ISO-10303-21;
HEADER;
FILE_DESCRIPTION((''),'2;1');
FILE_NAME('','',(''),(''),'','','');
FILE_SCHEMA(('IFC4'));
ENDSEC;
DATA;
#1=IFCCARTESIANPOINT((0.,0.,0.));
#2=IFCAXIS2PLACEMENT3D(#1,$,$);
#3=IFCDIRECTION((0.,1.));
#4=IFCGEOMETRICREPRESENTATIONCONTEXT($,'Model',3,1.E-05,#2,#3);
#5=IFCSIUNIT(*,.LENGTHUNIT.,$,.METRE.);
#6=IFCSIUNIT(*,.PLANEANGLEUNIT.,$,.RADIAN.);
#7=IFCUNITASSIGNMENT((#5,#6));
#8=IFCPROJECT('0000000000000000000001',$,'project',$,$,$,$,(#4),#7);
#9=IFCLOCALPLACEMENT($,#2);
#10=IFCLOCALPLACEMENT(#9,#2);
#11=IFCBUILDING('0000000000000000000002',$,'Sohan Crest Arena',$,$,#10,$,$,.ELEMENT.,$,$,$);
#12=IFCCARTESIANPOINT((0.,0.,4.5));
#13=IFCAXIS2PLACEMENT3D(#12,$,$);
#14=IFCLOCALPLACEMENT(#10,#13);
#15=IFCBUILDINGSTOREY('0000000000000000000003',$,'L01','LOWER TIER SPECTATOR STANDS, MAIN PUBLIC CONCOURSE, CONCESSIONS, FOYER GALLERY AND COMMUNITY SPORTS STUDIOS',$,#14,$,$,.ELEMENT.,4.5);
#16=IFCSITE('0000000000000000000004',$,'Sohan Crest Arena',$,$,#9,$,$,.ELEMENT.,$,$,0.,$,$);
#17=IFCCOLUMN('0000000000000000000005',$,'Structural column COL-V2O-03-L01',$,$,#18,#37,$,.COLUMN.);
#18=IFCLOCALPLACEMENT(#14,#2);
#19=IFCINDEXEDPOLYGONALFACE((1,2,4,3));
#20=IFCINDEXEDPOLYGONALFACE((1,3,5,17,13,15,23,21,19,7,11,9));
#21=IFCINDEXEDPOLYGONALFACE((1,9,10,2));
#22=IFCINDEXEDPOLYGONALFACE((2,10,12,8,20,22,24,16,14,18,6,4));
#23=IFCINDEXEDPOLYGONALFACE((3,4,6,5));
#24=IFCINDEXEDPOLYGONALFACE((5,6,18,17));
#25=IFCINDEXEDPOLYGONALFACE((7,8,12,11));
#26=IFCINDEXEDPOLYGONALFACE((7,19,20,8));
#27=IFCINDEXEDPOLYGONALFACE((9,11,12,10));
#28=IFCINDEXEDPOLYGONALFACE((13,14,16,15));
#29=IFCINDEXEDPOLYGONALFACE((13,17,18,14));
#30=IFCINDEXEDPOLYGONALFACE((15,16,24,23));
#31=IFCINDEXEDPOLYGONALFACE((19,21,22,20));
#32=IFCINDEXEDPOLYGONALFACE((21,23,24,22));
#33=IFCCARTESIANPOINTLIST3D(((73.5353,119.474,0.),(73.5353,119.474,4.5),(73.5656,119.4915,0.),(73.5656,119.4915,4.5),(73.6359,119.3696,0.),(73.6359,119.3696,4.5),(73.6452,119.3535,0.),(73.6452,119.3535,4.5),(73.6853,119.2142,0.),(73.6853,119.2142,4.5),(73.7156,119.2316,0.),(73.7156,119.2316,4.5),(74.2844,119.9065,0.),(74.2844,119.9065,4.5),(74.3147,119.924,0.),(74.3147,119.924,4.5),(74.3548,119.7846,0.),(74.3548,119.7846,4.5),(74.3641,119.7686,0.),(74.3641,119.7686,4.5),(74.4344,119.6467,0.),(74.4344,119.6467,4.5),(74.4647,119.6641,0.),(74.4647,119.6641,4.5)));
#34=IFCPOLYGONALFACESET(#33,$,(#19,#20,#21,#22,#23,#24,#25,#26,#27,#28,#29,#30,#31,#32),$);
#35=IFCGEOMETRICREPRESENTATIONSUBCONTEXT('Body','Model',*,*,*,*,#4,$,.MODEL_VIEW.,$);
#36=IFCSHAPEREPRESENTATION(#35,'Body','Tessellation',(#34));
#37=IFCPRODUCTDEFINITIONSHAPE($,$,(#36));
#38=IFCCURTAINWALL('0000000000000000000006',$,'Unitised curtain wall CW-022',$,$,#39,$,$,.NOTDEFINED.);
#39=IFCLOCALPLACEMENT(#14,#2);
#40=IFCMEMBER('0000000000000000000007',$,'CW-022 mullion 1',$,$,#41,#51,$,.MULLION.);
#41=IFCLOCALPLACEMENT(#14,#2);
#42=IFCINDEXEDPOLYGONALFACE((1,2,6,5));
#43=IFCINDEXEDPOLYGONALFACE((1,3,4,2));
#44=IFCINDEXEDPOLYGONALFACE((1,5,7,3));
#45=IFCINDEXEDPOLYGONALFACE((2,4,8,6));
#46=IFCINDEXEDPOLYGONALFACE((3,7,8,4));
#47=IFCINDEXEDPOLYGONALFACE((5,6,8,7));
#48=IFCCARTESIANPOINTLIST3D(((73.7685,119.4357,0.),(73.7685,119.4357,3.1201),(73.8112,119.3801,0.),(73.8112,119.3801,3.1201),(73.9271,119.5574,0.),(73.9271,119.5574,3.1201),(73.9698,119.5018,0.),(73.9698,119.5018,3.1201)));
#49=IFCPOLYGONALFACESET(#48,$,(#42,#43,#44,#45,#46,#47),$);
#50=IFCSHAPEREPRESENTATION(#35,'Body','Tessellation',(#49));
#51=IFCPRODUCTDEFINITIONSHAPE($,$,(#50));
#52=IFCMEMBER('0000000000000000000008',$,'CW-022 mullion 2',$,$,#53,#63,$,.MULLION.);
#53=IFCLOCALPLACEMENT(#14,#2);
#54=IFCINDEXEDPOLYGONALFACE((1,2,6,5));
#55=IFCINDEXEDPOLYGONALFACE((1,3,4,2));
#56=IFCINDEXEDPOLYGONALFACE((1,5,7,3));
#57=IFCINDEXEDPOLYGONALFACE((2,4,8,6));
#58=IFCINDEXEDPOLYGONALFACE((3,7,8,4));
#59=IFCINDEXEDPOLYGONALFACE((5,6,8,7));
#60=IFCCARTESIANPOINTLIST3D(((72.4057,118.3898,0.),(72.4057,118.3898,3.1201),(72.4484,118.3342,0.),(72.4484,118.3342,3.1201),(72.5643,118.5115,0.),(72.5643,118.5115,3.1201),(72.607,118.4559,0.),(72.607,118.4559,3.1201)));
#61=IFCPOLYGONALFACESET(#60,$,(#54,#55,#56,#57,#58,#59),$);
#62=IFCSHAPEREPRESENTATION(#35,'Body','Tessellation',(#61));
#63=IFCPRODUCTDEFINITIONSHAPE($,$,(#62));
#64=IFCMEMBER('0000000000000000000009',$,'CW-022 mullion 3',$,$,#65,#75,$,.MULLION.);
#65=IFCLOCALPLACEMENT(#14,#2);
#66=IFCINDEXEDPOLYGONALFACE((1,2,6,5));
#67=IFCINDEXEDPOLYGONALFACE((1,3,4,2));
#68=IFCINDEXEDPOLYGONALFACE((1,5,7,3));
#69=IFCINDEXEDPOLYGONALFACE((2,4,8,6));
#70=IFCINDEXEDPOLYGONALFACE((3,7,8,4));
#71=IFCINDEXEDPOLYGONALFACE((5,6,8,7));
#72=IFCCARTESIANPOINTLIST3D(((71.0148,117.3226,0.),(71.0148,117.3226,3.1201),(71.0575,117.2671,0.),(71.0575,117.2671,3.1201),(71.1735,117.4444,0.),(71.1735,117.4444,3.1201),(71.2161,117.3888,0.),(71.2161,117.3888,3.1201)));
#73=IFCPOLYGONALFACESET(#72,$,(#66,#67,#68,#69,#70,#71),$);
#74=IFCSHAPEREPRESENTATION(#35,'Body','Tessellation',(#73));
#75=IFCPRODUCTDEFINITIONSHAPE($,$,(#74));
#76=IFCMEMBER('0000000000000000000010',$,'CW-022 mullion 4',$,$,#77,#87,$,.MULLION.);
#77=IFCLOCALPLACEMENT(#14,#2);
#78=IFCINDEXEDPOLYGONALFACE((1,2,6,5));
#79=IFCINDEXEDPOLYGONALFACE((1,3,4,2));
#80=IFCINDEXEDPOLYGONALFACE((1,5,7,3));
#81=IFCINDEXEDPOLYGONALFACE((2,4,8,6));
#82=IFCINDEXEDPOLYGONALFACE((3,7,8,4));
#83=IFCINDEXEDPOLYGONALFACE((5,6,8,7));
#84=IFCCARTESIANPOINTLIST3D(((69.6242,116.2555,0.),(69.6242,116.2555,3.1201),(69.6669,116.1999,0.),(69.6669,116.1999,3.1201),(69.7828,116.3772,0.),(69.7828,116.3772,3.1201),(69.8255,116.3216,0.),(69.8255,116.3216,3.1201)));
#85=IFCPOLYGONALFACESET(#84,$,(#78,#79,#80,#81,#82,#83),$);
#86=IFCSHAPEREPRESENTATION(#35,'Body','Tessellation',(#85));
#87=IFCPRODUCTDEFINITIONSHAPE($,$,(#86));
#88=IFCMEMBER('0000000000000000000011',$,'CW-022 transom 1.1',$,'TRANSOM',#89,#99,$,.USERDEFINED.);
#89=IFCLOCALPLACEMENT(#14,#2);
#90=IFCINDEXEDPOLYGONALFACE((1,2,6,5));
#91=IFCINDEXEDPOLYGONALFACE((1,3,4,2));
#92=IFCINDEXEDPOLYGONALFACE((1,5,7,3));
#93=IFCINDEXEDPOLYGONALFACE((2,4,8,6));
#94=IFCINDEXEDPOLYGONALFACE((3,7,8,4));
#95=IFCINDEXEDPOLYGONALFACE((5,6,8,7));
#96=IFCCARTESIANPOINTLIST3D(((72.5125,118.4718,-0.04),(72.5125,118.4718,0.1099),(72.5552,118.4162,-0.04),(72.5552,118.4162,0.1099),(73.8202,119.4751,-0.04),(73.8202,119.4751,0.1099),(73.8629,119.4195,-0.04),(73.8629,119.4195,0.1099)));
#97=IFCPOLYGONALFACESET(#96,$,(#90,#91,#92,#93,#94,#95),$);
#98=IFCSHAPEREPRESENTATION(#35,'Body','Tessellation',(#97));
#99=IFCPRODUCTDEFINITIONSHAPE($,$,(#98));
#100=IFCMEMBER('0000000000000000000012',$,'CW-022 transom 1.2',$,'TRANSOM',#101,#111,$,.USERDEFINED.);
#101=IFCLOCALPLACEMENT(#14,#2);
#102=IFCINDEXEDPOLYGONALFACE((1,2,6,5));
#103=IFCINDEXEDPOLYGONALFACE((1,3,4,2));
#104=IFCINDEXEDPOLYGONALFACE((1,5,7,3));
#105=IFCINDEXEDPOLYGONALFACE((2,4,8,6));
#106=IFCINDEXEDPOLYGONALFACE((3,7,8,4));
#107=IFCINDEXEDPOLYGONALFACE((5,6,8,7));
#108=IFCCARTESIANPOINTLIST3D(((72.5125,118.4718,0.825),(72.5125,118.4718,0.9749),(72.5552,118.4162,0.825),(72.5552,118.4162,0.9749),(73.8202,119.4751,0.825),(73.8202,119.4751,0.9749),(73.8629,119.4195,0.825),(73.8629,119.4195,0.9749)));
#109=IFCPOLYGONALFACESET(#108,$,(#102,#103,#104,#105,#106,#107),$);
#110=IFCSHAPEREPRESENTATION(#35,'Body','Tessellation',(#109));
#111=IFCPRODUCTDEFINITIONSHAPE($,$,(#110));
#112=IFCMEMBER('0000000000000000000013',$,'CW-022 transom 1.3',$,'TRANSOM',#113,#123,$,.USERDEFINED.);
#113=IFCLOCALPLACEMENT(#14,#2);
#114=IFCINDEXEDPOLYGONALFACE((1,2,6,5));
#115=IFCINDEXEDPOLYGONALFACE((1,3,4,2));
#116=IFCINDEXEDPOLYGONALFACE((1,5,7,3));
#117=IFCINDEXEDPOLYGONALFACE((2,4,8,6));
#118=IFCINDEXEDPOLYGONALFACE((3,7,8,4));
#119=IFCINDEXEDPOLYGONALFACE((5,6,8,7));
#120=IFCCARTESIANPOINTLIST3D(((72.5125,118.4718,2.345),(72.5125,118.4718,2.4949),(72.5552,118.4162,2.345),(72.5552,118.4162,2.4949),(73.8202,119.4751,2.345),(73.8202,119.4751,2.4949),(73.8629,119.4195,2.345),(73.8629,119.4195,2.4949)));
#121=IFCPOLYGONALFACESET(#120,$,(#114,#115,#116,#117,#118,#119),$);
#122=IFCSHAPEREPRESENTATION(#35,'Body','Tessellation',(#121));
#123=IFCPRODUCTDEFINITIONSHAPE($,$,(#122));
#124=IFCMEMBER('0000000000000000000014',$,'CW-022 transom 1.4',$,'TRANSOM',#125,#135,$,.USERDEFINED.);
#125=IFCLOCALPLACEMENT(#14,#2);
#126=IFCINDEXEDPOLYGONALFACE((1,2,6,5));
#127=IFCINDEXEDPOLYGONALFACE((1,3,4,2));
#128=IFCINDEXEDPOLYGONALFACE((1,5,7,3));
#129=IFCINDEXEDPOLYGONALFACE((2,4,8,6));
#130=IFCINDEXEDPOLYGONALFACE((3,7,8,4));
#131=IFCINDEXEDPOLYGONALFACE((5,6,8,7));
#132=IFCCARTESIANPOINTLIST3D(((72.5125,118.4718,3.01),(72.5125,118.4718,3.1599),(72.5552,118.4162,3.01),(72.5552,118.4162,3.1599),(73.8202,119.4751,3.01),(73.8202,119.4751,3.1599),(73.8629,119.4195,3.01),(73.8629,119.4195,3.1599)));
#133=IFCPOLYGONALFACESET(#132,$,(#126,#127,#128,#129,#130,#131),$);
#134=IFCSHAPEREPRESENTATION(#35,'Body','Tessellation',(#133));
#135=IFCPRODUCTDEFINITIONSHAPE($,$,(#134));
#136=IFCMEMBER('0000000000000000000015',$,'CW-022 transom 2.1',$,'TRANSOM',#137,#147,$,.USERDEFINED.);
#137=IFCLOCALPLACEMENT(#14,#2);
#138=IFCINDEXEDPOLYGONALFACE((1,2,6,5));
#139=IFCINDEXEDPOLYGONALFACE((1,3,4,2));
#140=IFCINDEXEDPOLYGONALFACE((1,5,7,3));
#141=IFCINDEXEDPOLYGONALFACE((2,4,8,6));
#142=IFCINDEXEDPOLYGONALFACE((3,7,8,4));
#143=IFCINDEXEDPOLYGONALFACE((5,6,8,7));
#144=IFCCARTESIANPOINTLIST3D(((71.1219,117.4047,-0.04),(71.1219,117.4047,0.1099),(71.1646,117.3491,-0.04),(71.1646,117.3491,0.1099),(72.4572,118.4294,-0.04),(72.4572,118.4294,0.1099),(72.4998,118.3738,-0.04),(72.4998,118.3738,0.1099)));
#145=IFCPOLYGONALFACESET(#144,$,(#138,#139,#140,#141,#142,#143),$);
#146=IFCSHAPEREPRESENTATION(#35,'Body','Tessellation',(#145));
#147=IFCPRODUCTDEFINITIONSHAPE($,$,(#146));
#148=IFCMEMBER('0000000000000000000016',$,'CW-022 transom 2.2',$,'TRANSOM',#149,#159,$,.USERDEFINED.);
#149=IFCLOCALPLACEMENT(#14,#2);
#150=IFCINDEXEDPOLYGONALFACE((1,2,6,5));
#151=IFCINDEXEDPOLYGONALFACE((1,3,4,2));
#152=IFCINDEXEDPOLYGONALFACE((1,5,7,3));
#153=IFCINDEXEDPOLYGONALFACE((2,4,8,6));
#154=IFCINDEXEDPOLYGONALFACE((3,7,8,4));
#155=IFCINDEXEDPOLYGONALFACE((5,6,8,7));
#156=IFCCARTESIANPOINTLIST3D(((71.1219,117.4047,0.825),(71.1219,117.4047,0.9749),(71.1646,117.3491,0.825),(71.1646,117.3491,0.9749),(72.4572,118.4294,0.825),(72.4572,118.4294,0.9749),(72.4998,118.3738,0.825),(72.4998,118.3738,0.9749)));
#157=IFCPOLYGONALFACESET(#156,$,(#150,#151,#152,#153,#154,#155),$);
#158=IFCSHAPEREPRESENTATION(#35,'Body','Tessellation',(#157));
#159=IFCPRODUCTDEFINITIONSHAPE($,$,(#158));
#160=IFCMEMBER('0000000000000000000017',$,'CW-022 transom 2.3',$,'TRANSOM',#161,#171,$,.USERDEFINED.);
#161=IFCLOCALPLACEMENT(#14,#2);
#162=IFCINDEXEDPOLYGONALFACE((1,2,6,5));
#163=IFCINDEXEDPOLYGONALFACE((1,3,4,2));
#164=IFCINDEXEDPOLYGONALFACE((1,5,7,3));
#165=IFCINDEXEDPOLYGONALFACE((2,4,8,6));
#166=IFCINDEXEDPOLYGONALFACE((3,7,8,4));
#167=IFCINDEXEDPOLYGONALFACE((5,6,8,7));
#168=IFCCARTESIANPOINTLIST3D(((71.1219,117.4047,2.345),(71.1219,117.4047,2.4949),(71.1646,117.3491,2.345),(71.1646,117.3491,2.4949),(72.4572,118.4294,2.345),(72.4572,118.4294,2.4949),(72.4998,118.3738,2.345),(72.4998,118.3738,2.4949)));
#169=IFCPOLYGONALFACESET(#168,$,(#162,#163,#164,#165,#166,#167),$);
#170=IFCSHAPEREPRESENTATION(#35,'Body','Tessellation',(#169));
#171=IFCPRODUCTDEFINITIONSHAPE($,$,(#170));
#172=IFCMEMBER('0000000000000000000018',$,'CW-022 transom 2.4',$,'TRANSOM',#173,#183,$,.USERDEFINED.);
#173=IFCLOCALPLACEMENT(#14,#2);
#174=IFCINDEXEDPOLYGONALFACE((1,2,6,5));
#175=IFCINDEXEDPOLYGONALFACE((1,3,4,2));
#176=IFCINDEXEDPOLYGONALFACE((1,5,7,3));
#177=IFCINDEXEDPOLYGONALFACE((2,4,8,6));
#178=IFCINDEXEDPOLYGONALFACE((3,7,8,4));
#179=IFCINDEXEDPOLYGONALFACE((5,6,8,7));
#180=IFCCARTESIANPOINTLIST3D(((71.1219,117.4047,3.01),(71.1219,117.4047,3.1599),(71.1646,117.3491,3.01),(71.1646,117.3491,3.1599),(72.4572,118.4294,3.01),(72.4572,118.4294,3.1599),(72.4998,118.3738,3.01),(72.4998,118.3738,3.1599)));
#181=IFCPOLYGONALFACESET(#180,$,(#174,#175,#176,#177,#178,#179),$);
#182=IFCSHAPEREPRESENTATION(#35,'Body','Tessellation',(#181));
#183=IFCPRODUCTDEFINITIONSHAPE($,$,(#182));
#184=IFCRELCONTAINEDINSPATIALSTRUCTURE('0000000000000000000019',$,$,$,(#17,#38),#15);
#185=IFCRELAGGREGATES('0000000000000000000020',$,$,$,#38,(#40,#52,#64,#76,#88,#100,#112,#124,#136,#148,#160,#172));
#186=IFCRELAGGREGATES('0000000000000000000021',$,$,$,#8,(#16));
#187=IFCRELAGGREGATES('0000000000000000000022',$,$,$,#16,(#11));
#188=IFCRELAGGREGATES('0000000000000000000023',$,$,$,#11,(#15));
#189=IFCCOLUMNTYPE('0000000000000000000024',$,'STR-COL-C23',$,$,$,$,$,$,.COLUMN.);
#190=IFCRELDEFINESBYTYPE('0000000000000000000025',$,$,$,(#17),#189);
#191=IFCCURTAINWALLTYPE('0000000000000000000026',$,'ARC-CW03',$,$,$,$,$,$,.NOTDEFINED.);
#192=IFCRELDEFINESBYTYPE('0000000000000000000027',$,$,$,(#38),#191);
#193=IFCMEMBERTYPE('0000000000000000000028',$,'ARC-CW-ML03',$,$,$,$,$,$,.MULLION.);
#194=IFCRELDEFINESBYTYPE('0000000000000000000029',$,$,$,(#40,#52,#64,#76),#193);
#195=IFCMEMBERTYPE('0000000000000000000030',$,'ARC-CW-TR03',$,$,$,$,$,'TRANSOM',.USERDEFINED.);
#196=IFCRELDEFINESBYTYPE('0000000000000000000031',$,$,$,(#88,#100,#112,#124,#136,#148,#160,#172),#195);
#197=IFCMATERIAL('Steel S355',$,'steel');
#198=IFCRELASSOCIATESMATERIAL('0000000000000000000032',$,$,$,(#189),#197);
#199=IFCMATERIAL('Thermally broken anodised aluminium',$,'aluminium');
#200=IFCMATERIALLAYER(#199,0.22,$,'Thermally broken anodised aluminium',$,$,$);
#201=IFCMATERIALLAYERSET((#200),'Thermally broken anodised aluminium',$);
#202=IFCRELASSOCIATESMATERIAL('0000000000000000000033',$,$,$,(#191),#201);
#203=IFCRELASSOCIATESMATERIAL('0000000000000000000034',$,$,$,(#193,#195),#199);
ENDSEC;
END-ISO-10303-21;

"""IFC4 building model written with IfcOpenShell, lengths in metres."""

from ifc_helpers import new_model, si_unit, direction, frame, origin, origin_2d, place, context, subcontext, project, spatial, rectangle, i_section, extrude, material, layer, layer_set, material_profile, profile_set, type_object, element, aggregate, save


model = new_model("IFC4")

# Units and contexts
model_context = context("Model", 3, precision=1e-05, world=origin(), true_north=direction((0.0, 1.0)))
body_context = subcontext(model_context, "Body", "Model", "MODEL_VIEW")
ifc_project = project(units=[si_unit("LENGTHUNIT", "METRE"), si_unit("PLANEANGLEUNIT", "RADIAN")], contexts=[model_context])

# Site, building, storey
site_placement = place(None, origin())
site = spatial("IfcSite", under=ifc_project, at=site_placement, Name="Sohan Crest Arena", CompositionType="ELEMENT", RefElevation=0.0)
building_placement = place(site_placement, origin())
building = spatial("IfcBuilding", under=site, at=building_placement, Name="Sohan Crest Arena", CompositionType="ELEMENT")
storey_placement = place(building_placement, frame((0.0, 0.0, 4.5)))
storey = spatial("IfcBuildingStorey", under=building, at=storey_placement, Name="L01", Description="LOWER TIER SPECTATOR STANDS, MAIN PUBLIC CONCOURSE, CONCESSIONS, FOYER GALLERY AND COMMUNITY SPORTS STUDIOS", CompositionType="ELEMENT", Elevation=4.5)

# Column
ifc_material_1 = material(Name="Steel S355", Category="steel")
ifc_material_profile_1 = material_profile(ifc_material_1, i_section(OverallWidth=0.3, OverallDepth=0.8999, WebThickness=0.0186, FlangeThickness=0.0349, at=origin_2d()), Name="HEB 900")
ifc_profile_set_1 = profile_set([ifc_material_profile_1], Name="Steel S355")
column_type = type_object("IfcColumnType", Name="STR-COL-C23", PredefinedType="COLUMN", material=ifc_profile_set_1)
column_placement = place(storey_placement, frame((74.0, 119.5691, 0.0), z_axis=(0.0, 0.0, 1.0), x_axis=(-0.5, 0.866025, 0.0)))
element("IfcColumn", 1, at=column_placement, inside=storey, type_object=column_type, Name="Structural column COL-V2O-03-L01", PredefinedType="COLUMN", context=body_context, shape_type="SweptSolid", body=[
    extrude(i_section(OverallWidth=0.3, OverallDepth=0.8999, WebThickness=0.0186, FlangeThickness=0.0349, at=origin_2d()), origin(), (0.0, 0.0, 1.0), 4.5),
])

# Curtain wall, members
ifc_material_2 = material(Name="Thermally broken anodised aluminium", Category="aluminium")
ifc_layer_1 = layer(ifc_material_2, 0.22, Name="Thermally broken anodised aluminium")
ifc_layer_set_1 = layer_set([ifc_layer_1], Name="Thermally broken anodised aluminium")
curtain_wall_type = type_object("IfcCurtainWallType", Name="ARC-CW03", PredefinedType="NOTDEFINED", material=ifc_layer_set_1)
curtain_wall_placement = place(storey_placement, origin())
curtain_wall = element("IfcCurtainWall", 2, at=curtain_wall_placement, inside=storey, type_object=curtain_wall_type, Name="Unitised curtain wall CW-022", PredefinedType="NOTDEFINED")
ifc_material_profile_2 = material_profile(ifc_material_2, rectangle(XDim=0.0701, YDim=0.2, at=origin_2d()), Name="ALU-MULL 70x200")
ifc_profile_set_2 = profile_set([ifc_material_profile_2], Name="Thermally broken anodised aluminium")
member_type_1 = type_object("IfcMemberType", Name="ARC-CW-ML03", PredefinedType="MULLION", material=ifc_profile_set_2)
member_1_placement = place(storey_placement, frame((73.8691, 119.4688, 0.0), z_axis=(0.0, 0.0, 1.0), x_axis=(0.608765, -0.793351, 0.0)))
member_1 = element("IfcMember", 3, at=member_1_placement, type_object=member_type_1, Name="CW-022 mullion 1", PredefinedType="MULLION", context=body_context, shape_type="SweptSolid", body=[
    extrude(rectangle(XDim=0.0701, YDim=0.2, at=origin_2d()), origin(), (0.0, 0.0, 1.0), 3.1201),
])
member_2_placement = place(storey_placement, frame((72.5063, 118.4229, 0.0), z_axis=(0.0, 0.0, 1.0), x_axis=(0.608765, -0.793351, 0.0)))
member_2 = element("IfcMember", 4, at=member_2_placement, type_object=member_type_1, Name="CW-022 mullion 2", PredefinedType="MULLION", context=body_context, shape_type="SweptSolid", body=[
    extrude(rectangle(XDim=0.0701, YDim=0.2, at=origin_2d()), origin(), (0.0, 0.0, 1.0), 3.1201),
])
member_3_placement = place(storey_placement, frame((71.1155, 117.3557, 0.0), z_axis=(0.0, 0.0, 1.0), x_axis=(0.608765, -0.793351, 0.0)))
member_3 = element("IfcMember", 5, at=member_3_placement, type_object=member_type_1, Name="CW-022 mullion 3", PredefinedType="MULLION", context=body_context, shape_type="SweptSolid", body=[
    extrude(rectangle(XDim=0.0701, YDim=0.2, at=origin_2d()), origin(), (0.0, 0.0, 1.0), 3.1201),
])
member_4_placement = place(storey_placement, frame((69.7249, 116.2886, 0.0), z_axis=(0.0, 0.0, 1.0), x_axis=(0.608765, -0.793351, 0.0)))
member_4 = element("IfcMember", 6, at=member_4_placement, type_object=member_type_1, Name="CW-022 mullion 4", PredefinedType="MULLION", context=body_context, shape_type="SweptSolid", body=[
    extrude(rectangle(XDim=0.0701, YDim=0.2, at=origin_2d()), origin(), (0.0, 0.0, 1.0), 3.1201),
])
ifc_material_profile_3 = material_profile(ifc_material_2, rectangle(XDim=0.0701, YDim=0.1499, at=origin_2d()), Name="ALU-TRAN 70x150")
ifc_profile_set_3 = profile_set([ifc_material_profile_3], Name="Thermally broken anodised aluminium")
member_type_2 = type_object("IfcMemberType", Name="ARC-CW-TR03", ElementType="TRANSOM", PredefinedType="USERDEFINED", material=ifc_profile_set_3)
member_5_placement = place(storey_placement, frame((73.8416, 119.4473, 0.0349), z_axis=(-0.793411, -0.608687, 0.0), x_axis=(0.608687, -0.793411, 0.0)))
member_5 = element("IfcMember", 7, at=member_5_placement, type_object=member_type_2, Name="CW-022 transom 1.1", ObjectType="TRANSOM", PredefinedType="USERDEFINED", context=body_context, shape_type="SweptSolid", body=[
    extrude(rectangle(XDim=0.0701, YDim=0.1499, at=origin_2d()), origin(), (0.0, 0.0, 1.0), 1.6482),
])
member_6_placement = place(storey_placement, frame((73.8416, 119.4473, 0.8999), z_axis=(-0.793411, -0.608687, 0.0), x_axis=(0.608687, -0.793411, 0.0)))
member_6 = element("IfcMember", 8, at=member_6_placement, type_object=member_type_2, Name="CW-022 transom 1.2", ObjectType="TRANSOM", PredefinedType="USERDEFINED", context=body_context, shape_type="SweptSolid", body=[
    extrude(rectangle(XDim=0.0701, YDim=0.1499, at=origin_2d()), origin(), (0.0, 0.0, 1.0), 1.6482),
])
member_7_placement = place(storey_placement, frame((73.8416, 119.4473, 2.4199), z_axis=(-0.793411, -0.608687, 0.0), x_axis=(0.608687, -0.793411, 0.0)))
member_7 = element("IfcMember", 9, at=member_7_placement, type_object=member_type_2, Name="CW-022 transom 1.3", ObjectType="TRANSOM", PredefinedType="USERDEFINED", context=body_context, shape_type="SweptSolid", body=[
    extrude(rectangle(XDim=0.0701, YDim=0.1499, at=origin_2d()), origin(), (0.0, 0.0, 1.0), 1.6482),
])
member_8_placement = place(storey_placement, frame((73.8416, 119.4473, 3.085), z_axis=(-0.793411, -0.608687, 0.0), x_axis=(0.608687, -0.793411, 0.0)))
member_8 = element("IfcMember", 10, at=member_8_placement, type_object=member_type_2, Name="CW-022 transom 1.4", ObjectType="TRANSOM", PredefinedType="USERDEFINED", context=body_context, shape_type="SweptSolid", body=[
    extrude(rectangle(XDim=0.0701, YDim=0.1499, at=origin_2d()), origin(), (0.0, 0.0, 1.0), 1.6482),
])
member_9_placement = place(storey_placement, frame((72.4785, 118.4016, 0.0349), z_axis=(-0.793319, -0.608806, 0.0), x_axis=(0.608806, -0.793319, 0.0)))
member_9 = element("IfcMember", 11, at=member_9_placement, type_object=member_type_2, Name="CW-022 transom 2.1", ObjectType="TRANSOM", PredefinedType="USERDEFINED", context=body_context, shape_type="SweptSolid", body=[
    extrude(rectangle(XDim=0.0701, YDim=0.1499, at=origin_2d()), origin(), (0.0, 0.0, 1.0), 1.6831),
])
member_10_placement = place(storey_placement, frame((72.4785, 118.4016, 0.8999), z_axis=(-0.793319, -0.608806, 0.0), x_axis=(0.608806, -0.793319, 0.0)))
member_10 = element("IfcMember", 12, at=member_10_placement, type_object=member_type_2, Name="CW-022 transom 2.2", ObjectType="TRANSOM", PredefinedType="USERDEFINED", context=body_context, shape_type="SweptSolid", body=[
    extrude(rectangle(XDim=0.0701, YDim=0.1499, at=origin_2d()), origin(), (0.0, 0.0, 1.0), 1.6831),
])
member_11_placement = place(storey_placement, frame((72.4785, 118.4016, 2.4199), z_axis=(-0.793319, -0.608806, 0.0), x_axis=(0.608806, -0.793319, 0.0)))
member_11 = element("IfcMember", 13, at=member_11_placement, type_object=member_type_2, Name="CW-022 transom 2.3", ObjectType="TRANSOM", PredefinedType="USERDEFINED", context=body_context, shape_type="SweptSolid", body=[
    extrude(rectangle(XDim=0.0701, YDim=0.1499, at=origin_2d()), origin(), (0.0, 0.0, 1.0), 1.6831),
])
member_12_placement = place(storey_placement, frame((72.4785, 118.4016, 3.085), z_axis=(-0.793319, -0.608806, 0.0), x_axis=(0.608806, -0.793319, 0.0)))
member_12 = element("IfcMember", 14, at=member_12_placement, type_object=member_type_2, Name="CW-022 transom 2.4", ObjectType="TRANSOM", PredefinedType="USERDEFINED", context=body_context, shape_type="SweptSolid", body=[
    extrude(rectangle(XDim=0.0701, YDim=0.1499, at=origin_2d()), origin(), (0.0, 0.0, 1.0), 1.6831),
])

aggregate(curtain_wall, [member_1, member_2, member_3, member_4, member_5, member_6, member_7, member_8, member_9, member_10, member_11, member_12])

save(model, "model.ifc")
